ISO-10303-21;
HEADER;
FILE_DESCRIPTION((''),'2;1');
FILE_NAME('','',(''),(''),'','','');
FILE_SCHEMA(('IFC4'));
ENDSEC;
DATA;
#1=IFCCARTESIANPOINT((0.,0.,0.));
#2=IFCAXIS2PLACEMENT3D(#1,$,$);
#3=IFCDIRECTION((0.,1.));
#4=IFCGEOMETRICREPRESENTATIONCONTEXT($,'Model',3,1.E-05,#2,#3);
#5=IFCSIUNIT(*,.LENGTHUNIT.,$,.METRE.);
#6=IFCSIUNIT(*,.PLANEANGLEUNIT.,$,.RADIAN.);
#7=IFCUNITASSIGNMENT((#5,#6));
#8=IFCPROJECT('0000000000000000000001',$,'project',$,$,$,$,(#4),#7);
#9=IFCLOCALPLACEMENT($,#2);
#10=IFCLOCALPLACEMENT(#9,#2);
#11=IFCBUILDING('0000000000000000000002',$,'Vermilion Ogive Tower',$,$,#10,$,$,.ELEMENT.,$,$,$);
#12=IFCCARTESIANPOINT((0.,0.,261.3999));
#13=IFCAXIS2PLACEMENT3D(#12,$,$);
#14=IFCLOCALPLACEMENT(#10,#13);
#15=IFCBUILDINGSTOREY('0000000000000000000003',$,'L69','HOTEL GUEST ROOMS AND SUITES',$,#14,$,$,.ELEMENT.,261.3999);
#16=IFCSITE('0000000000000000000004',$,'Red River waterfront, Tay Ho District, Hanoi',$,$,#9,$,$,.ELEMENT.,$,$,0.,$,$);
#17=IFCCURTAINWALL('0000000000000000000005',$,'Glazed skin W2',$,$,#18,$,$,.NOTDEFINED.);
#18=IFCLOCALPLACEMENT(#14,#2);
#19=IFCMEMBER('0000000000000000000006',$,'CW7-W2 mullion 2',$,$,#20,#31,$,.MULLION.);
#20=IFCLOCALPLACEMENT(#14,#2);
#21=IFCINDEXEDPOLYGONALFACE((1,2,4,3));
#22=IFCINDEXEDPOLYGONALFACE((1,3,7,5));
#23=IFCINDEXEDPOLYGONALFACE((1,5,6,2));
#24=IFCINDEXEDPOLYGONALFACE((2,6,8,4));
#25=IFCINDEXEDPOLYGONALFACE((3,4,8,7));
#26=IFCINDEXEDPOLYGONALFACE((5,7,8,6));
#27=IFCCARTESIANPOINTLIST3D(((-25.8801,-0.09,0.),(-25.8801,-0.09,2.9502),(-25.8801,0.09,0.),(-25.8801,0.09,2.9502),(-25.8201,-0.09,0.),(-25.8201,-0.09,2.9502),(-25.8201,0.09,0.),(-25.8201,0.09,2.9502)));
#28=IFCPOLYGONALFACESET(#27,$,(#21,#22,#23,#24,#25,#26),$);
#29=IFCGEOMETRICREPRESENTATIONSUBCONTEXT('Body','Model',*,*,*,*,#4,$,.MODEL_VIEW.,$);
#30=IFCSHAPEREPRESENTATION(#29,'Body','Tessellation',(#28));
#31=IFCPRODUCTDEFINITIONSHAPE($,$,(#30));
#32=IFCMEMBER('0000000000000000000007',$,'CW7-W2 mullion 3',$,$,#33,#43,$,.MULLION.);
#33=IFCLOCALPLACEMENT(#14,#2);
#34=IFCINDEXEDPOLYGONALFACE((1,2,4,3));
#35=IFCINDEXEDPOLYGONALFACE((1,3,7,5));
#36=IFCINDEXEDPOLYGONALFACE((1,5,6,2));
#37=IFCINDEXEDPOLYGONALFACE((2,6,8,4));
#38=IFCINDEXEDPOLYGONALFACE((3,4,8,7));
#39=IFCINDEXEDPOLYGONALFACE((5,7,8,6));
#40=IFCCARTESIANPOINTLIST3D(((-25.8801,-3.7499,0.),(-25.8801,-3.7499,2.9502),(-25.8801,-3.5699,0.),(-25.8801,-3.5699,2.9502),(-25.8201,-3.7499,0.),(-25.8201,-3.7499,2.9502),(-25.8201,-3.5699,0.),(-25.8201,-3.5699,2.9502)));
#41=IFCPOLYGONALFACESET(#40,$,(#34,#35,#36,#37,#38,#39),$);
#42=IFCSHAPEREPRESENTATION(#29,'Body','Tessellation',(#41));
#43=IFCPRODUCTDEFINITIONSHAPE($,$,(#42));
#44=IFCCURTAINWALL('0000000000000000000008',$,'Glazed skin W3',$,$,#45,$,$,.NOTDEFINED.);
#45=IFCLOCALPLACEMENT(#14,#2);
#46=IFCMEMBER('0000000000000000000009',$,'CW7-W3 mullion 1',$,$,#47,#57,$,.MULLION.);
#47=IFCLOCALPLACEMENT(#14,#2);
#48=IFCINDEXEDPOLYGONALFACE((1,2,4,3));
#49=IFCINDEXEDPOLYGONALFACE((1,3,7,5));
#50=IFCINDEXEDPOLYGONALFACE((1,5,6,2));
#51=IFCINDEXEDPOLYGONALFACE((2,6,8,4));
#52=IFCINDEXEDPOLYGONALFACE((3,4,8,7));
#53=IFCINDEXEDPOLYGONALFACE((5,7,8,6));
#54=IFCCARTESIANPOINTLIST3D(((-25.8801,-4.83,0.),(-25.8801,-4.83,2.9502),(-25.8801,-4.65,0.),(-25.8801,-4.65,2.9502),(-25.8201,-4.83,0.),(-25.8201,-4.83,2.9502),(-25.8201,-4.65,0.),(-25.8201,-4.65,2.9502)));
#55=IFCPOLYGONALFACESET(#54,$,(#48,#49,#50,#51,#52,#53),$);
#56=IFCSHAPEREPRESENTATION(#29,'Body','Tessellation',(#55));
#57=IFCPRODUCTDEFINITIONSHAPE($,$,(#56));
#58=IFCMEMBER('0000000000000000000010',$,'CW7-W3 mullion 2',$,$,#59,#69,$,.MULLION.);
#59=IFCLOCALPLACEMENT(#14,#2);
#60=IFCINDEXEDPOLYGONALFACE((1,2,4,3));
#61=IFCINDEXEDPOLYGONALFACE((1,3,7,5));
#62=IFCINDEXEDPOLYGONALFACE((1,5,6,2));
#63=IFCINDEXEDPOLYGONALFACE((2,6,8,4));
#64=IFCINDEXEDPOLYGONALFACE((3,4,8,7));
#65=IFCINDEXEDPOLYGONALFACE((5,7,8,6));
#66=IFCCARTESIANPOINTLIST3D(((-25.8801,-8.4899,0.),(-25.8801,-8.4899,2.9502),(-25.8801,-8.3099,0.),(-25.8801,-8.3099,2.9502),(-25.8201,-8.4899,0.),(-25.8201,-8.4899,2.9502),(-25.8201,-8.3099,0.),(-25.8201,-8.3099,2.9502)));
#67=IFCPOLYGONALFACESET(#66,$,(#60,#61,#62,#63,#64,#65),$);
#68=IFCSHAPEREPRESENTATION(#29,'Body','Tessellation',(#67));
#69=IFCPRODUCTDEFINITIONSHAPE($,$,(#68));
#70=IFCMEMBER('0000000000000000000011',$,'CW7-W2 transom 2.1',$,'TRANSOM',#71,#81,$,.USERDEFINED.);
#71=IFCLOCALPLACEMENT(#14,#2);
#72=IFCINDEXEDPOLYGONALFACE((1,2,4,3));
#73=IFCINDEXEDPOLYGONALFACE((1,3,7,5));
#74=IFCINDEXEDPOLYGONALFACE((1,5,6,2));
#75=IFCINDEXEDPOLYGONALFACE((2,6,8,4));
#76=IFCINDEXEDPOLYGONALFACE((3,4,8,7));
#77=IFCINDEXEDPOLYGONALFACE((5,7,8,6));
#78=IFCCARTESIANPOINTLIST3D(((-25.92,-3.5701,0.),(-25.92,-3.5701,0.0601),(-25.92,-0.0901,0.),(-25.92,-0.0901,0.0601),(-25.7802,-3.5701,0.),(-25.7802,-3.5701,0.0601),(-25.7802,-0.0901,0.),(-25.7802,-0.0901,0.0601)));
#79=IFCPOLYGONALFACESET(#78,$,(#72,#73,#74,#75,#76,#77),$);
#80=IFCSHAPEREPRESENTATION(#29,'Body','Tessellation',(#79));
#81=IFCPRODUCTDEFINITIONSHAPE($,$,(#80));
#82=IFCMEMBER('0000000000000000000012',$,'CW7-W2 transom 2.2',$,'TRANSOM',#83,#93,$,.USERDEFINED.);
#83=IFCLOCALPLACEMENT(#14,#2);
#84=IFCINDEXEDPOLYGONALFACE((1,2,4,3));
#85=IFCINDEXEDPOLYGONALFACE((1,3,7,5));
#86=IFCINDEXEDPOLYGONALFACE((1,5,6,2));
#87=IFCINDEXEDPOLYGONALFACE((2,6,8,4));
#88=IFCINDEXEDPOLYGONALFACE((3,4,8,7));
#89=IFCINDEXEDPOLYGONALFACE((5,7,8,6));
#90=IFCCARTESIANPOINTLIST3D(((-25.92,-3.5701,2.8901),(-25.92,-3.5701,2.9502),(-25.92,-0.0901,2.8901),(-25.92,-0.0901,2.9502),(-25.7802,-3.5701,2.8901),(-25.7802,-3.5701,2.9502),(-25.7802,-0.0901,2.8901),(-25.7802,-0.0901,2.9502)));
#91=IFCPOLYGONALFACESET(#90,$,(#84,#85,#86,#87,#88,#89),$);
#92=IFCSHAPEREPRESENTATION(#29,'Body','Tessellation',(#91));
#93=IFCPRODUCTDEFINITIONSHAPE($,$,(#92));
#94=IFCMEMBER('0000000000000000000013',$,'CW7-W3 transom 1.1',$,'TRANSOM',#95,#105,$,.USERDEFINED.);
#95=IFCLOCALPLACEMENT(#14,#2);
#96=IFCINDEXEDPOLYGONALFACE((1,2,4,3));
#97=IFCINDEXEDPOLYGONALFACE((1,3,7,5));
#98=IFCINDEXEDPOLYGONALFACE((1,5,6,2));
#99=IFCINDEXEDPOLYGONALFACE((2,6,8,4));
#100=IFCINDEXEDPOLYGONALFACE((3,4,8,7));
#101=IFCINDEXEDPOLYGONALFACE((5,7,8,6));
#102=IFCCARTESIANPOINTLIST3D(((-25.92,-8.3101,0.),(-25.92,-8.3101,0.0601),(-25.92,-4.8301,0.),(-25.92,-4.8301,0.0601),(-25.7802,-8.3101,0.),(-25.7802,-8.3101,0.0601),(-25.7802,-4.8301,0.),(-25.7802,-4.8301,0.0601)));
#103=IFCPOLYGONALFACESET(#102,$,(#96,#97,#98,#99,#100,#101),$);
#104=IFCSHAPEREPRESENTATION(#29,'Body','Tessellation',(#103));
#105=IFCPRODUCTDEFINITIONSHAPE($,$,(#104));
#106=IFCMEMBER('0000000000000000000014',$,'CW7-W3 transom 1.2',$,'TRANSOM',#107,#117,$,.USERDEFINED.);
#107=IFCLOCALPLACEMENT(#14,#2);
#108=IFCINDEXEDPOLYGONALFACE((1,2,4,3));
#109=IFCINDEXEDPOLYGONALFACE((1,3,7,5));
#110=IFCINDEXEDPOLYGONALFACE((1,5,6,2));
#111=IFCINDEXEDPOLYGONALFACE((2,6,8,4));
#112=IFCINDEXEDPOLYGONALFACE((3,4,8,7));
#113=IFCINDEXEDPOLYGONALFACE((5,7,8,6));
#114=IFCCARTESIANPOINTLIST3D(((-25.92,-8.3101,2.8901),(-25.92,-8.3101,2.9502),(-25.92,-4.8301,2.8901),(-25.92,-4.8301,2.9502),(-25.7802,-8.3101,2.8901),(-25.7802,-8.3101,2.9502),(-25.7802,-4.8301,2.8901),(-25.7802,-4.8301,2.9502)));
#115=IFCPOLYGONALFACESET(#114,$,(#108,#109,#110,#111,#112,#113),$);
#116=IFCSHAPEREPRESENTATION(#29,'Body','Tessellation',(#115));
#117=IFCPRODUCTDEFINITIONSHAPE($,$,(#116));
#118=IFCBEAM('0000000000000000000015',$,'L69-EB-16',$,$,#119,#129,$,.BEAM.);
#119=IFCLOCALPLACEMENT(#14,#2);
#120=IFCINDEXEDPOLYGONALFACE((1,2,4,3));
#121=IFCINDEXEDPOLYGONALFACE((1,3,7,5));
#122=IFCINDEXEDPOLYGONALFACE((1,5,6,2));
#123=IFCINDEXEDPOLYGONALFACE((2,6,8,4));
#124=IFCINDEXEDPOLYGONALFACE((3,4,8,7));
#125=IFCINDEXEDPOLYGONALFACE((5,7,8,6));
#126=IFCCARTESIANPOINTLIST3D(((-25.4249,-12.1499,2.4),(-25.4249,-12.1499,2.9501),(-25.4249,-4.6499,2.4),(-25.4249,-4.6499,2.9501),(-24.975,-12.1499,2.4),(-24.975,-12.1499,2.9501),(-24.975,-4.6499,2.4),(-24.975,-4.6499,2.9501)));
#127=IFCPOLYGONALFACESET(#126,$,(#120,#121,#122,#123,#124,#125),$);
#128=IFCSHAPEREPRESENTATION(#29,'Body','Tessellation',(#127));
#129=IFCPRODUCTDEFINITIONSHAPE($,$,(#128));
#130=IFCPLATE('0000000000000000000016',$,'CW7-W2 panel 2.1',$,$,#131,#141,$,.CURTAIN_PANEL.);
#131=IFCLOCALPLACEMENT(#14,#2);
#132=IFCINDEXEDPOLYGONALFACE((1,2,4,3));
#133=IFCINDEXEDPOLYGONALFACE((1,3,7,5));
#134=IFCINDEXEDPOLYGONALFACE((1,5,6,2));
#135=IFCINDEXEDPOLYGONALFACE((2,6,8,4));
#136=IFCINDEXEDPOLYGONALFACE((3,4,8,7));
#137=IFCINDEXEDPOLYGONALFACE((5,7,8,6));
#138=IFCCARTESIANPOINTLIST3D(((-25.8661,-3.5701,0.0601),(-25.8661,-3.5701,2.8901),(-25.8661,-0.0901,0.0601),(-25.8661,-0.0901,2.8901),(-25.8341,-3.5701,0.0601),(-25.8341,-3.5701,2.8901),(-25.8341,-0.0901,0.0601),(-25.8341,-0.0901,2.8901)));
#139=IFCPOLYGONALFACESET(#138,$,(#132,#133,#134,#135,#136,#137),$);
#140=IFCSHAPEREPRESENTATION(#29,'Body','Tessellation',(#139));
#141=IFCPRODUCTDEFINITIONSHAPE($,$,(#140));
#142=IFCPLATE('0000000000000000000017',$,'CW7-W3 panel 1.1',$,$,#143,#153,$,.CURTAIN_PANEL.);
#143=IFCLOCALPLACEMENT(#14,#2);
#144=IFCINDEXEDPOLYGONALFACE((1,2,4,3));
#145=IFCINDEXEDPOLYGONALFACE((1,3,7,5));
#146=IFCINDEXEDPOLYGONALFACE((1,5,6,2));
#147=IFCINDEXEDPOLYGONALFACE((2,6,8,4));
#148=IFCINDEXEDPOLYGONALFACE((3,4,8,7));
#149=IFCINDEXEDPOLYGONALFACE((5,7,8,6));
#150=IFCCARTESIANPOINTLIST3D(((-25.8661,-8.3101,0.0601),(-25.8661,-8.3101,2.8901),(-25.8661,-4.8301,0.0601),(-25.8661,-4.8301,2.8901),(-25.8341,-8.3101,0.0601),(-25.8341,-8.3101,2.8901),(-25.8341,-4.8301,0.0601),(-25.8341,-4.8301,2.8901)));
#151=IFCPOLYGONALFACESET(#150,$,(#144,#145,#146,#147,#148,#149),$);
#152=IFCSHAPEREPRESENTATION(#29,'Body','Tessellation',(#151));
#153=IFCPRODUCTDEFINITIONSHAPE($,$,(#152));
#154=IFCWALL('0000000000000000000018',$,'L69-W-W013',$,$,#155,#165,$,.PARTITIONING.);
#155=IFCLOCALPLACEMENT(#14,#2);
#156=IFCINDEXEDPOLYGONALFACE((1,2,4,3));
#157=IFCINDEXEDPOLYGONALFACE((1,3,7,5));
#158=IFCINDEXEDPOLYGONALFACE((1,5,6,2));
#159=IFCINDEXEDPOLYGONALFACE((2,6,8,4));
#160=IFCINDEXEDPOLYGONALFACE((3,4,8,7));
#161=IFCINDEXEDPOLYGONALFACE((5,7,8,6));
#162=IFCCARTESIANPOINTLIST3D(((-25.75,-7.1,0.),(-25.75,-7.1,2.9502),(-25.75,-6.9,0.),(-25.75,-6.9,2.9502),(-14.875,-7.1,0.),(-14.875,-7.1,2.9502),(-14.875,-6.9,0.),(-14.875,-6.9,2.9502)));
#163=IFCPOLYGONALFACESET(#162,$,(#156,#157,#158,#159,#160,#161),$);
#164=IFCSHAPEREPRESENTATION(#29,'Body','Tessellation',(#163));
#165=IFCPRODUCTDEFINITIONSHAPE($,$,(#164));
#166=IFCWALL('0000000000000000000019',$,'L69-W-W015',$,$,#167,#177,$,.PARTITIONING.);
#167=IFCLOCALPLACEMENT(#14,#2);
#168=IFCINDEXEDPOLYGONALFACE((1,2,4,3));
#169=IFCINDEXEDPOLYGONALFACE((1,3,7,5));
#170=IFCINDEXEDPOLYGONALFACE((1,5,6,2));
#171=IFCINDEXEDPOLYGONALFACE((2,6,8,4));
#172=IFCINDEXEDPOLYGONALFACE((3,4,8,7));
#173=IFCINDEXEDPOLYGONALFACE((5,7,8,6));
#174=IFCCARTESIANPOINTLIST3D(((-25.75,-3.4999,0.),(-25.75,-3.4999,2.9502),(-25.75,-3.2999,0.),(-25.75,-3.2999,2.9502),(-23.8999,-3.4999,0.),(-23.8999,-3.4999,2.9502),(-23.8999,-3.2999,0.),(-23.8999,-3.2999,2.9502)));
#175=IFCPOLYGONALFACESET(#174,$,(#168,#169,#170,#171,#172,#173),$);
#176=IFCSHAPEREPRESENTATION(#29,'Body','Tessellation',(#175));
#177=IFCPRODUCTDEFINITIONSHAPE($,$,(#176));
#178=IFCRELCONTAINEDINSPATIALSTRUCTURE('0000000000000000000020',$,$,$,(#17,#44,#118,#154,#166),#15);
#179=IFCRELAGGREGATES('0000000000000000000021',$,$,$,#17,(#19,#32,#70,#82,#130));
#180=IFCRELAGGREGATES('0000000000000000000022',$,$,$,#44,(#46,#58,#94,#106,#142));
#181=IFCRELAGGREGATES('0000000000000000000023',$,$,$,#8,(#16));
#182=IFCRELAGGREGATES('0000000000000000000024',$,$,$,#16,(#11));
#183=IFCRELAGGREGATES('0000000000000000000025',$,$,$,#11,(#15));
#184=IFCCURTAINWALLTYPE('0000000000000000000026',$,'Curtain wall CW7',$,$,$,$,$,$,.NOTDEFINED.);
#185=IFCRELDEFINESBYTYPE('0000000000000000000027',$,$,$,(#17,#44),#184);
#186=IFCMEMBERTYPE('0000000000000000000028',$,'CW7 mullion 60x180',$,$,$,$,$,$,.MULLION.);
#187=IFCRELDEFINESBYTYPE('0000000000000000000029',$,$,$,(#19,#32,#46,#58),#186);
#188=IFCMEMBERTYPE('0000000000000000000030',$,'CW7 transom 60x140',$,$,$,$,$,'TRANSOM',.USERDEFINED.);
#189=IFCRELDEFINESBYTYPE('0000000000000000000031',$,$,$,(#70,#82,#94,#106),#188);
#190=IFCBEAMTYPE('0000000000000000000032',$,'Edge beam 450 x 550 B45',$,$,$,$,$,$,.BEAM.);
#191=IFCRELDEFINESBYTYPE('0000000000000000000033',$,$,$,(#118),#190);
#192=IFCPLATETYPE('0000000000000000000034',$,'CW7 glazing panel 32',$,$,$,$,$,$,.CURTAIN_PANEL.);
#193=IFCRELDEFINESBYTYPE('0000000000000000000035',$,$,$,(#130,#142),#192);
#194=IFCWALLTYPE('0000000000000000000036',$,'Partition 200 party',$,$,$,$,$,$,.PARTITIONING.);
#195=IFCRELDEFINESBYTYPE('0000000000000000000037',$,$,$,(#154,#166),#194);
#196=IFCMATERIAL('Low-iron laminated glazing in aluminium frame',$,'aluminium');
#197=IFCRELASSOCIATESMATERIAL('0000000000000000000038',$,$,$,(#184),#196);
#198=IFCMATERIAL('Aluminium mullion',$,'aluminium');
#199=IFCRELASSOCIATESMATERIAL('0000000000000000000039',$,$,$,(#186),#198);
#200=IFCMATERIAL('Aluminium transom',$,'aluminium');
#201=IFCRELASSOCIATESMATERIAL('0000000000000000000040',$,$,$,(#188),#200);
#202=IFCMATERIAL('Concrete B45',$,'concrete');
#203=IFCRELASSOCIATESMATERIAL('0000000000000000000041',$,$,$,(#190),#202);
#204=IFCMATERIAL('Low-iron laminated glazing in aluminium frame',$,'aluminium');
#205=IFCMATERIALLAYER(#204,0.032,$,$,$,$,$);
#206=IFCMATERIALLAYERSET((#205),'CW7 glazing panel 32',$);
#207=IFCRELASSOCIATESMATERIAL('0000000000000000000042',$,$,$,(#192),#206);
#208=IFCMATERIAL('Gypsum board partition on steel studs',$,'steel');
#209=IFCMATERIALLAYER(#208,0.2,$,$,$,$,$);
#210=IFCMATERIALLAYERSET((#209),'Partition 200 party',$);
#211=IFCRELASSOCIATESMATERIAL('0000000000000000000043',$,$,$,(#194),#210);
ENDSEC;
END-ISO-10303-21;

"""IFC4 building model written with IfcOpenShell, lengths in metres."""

from ifc_helpers import new_model, si_unit, direction, frame, frame_2d, origin, origin_2d, place, context, subcontext, project, spatial, rectangle, extrude, material, layer, layer_set, material_profile, profile_set, type_object, element, aggregate, save


model = new_model("IFC4")

# Units and contexts
model_context = context("Model", 3, precision=1e-05, world=origin(), true_north=direction((0.0, 1.0)))
body_context = subcontext(model_context, "Body", "Model", "MODEL_VIEW")
ifc_project = project(units=[si_unit("LENGTHUNIT", "METRE"), si_unit("PLANEANGLEUNIT", "RADIAN")], contexts=[model_context])

# Site, building, storey
site_placement = place(None, origin())
site = spatial("IfcSite", under=ifc_project, at=site_placement, Name="Red River waterfront, Tay Ho District, Hanoi", CompositionType="ELEMENT", RefElevation=0.0)
building_placement = place(site_placement, origin())
building = spatial("IfcBuilding", under=site, at=building_placement, Name="Vermilion Ogive Tower", CompositionType="ELEMENT")
storey_placement = place(building_placement, frame((0.0, 0.0, 261.3999)))
storey = spatial("IfcBuildingStorey", under=building, at=storey_placement, Name="L69", Description="HOTEL GUEST ROOMS AND SUITES", CompositionType="ELEMENT", Elevation=261.3999)

# Curtain walls, members
ifc_material_1 = material(Name="Low-iron laminated glazing in aluminium frame", Category="aluminium")
curtain_wall_type = type_object("IfcCurtainWallType", Name="Curtain wall CW7", PredefinedType="NOTDEFINED", material=ifc_material_1)
curtain_wall_1_placement = place(storey_placement, origin())
curtain_wall_1 = element("IfcCurtainWall", 1, at=curtain_wall_1_placement, inside=storey, type_object=curtain_wall_type, Name="Glazed skin W2", PredefinedType="NOTDEFINED")
ifc_material_2 = material(Name="Aluminium mullion", Category="aluminium")
ifc_material_profile_1 = material_profile(ifc_material_2, rectangle(XDim=0.0601, YDim=0.1799, at=origin_2d()), Name="AL 60x180")
ifc_profile_set_1 = profile_set([ifc_material_profile_1], Name="Aluminium mullion")
member_type_1 = type_object("IfcMemberType", Name="CW7 mullion 60x180", PredefinedType="MULLION", material=ifc_profile_set_1)
member_1_placement = place(storey_placement, frame((-25.8501, 0.0, 0.0), z_axis=(0.0, 0.0, 1.0), x_axis=(1.0, 0.0, 0.0)))
member_1 = element("IfcMember", 2, at=member_1_placement, type_object=member_type_1, Name="CW7-W2 mullion 2", PredefinedType="MULLION", context=body_context, shape_type="SweptSolid", body=[
    extrude(rectangle(XDim=0.0601, YDim=0.1799, at=origin_2d()), origin(), (0.0, 0.0, 1.0), 2.9502),
])
member_2_placement = place(storey_placement, frame((-25.8501, -3.6599, 0.0), z_axis=(0.0, 0.0, 1.0), x_axis=(1.0, 0.0, 0.0)))
member_2 = element("IfcMember", 3, at=member_2_placement, type_object=member_type_1, Name="CW7-W2 mullion 3", PredefinedType="MULLION", context=body_context, shape_type="SweptSolid", body=[
    extrude(rectangle(XDim=0.0601, YDim=0.1799, at=origin_2d()), origin(), (0.0, 0.0, 1.0), 2.9502),
])
curtain_wall_2_placement = place(storey_placement, origin())
curtain_wall_2 = element("IfcCurtainWall", 4, at=curtain_wall_2_placement, inside=storey, type_object=curtain_wall_type, Name="Glazed skin W3", PredefinedType="NOTDEFINED")
member_3_placement = place(storey_placement, frame((-25.8501, -4.74, 0.0), z_axis=(0.0, 0.0, 1.0), x_axis=(1.0, 0.0, 0.0)))
member_3 = element("IfcMember", 5, at=member_3_placement, type_object=member_type_1, Name="CW7-W3 mullion 1", PredefinedType="MULLION", context=body_context, shape_type="SweptSolid", body=[
    extrude(rectangle(XDim=0.0601, YDim=0.1799, at=origin_2d()), origin(), (0.0, 0.0, 1.0), 2.9502),
])
member_4_placement = place(storey_placement, frame((-25.8501, -8.3999, 0.0), z_axis=(0.0, 0.0, 1.0), x_axis=(1.0, 0.0, 0.0)))
member_4 = element("IfcMember", 6, at=member_4_placement, type_object=member_type_1, Name="CW7-W3 mullion 2", PredefinedType="MULLION", context=body_context, shape_type="SweptSolid", body=[
    extrude(rectangle(XDim=0.0601, YDim=0.1799, at=origin_2d()), origin(), (0.0, 0.0, 1.0), 2.9502),
])

# Members
ifc_material_3 = material(Name="Aluminium transom", Category="aluminium")
ifc_material_profile_2 = material_profile(ifc_material_3, rectangle(XDim=0.1399, YDim=0.0601, at=origin_2d()), Name="AL 60x140")
ifc_profile_set_2 = profile_set([ifc_material_profile_2], Name="Aluminium transom")
member_type_2 = type_object("IfcMemberType", Name="CW7 transom 60x140", ElementType="TRANSOM", PredefinedType="USERDEFINED", material=ifc_profile_set_2)
member_5_placement = place(storey_placement, frame((-25.8501, -0.0901, 0.03), z_axis=(0.0, -1.0, 0.0), x_axis=(1.0, 0.0, 0.0)))
member_5 = element("IfcMember", 7, at=member_5_placement, type_object=member_type_2, Name="CW7-W2 transom 2.1", ObjectType="TRANSOM", PredefinedType="USERDEFINED", context=body_context, shape_type="SweptSolid", body=[
    extrude(rectangle(XDim=0.1399, YDim=0.0601, at=origin_2d()), origin(), (0.0, 0.0, 1.0), 3.48),
])
member_6_placement = place(storey_placement, frame((-25.8501, -0.0901, 2.9202), z_axis=(0.0, -1.0, 0.0), x_axis=(1.0, 0.0, 0.0)))
member_6 = element("IfcMember", 8, at=member_6_placement, type_object=member_type_2, Name="CW7-W2 transom 2.2", ObjectType="TRANSOM", PredefinedType="USERDEFINED", context=body_context, shape_type="SweptSolid", body=[
    extrude(rectangle(XDim=0.1399, YDim=0.0601, at=origin_2d()), origin(), (0.0, 0.0, 1.0), 3.48),
])
member_7_placement = place(storey_placement, frame((-25.8501, -4.8301, 0.03), z_axis=(0.0, -1.0, 0.0), x_axis=(1.0, 0.0, 0.0)))
member_7 = element("IfcMember", 9, at=member_7_placement, type_object=member_type_2, Name="CW7-W3 transom 1.1", ObjectType="TRANSOM", PredefinedType="USERDEFINED", context=body_context, shape_type="SweptSolid", body=[
    extrude(rectangle(XDim=0.1399, YDim=0.0601, at=origin_2d()), origin(), (0.0, 0.0, 1.0), 3.48),
])
member_8_placement = place(storey_placement, frame((-25.8501, -4.8301, 2.9202), z_axis=(0.0, -1.0, 0.0), x_axis=(1.0, 0.0, 0.0)))
member_8 = element("IfcMember", 10, at=member_8_placement, type_object=member_type_2, Name="CW7-W3 transom 1.2", ObjectType="TRANSOM", PredefinedType="USERDEFINED", context=body_context, shape_type="SweptSolid", body=[
    extrude(rectangle(XDim=0.1399, YDim=0.0601, at=origin_2d()), origin(), (0.0, 0.0, 1.0), 3.48),
])

# Beam
ifc_material_4 = material(Name="Concrete B45", Category="concrete")
ifc_material_profile_3 = material_profile(ifc_material_4, rectangle(XDim=0.45, YDim=0.55, at=origin_2d()), Name="450 x 550")
ifc_profile_set_3 = profile_set([ifc_material_profile_3], Name="Concrete B45")
beam_type = type_object("IfcBeamType", Name="Edge beam 450 x 550 B45", PredefinedType="BEAM", material=ifc_profile_set_3)
beam_placement = place(storey_placement, frame((-25.2, -4.6499, 2.675), z_axis=(0.0, -1.0, 0.0), x_axis=(1.0, 0.0, 0.0)))
element("IfcBeam", 11, at=beam_placement, inside=storey, type_object=beam_type, Name="L69-EB-16", PredefinedType="BEAM", context=body_context, shape_type="SweptSolid", body=[
    extrude(rectangle(XDim=0.45, YDim=0.55, at=origin_2d()), origin(), (0.0, 0.0, 1.0), 7.5),
])

# Plates
ifc_material_5 = material(Name="Low-iron laminated glazing in aluminium frame", Category="aluminium")
ifc_layer_1 = layer(ifc_material_5, 0.032)
ifc_layer_set_1 = layer_set([ifc_layer_1], Name="CW7 glazing panel 32")
plate_type = type_object("IfcPlateType", Name="CW7 glazing panel 32", PredefinedType="CURTAIN_PANEL", material=ifc_layer_set_1)
plate_1_placement = place(storey_placement, frame((-25.8501, -1.8301, 0.0601), z_axis=(0.0, 0.0, 1.0), x_axis=(0.0, -1.0, 0.0)))
plate_1 = element("IfcPlate", 12, at=plate_1_placement, type_object=plate_type, Name="CW7-W2 panel 2.1", PredefinedType="CURTAIN_PANEL", context=body_context, shape_type="SweptSolid", body=[
    extrude(rectangle(XDim=3.48, YDim=0.032, at=origin_2d()), origin(), (0.0, 0.0, 1.0), 2.8301),
])
aggregate(curtain_wall_1, [member_1, member_2, member_5, member_6, plate_1])
plate_2_placement = place(storey_placement, frame((-25.8501, -6.5701, 0.0601), z_axis=(0.0, 0.0, 1.0), x_axis=(0.0, -1.0, 0.0)))
plate_2 = element("IfcPlate", 13, at=plate_2_placement, type_object=plate_type, Name="CW7-W3 panel 1.1", PredefinedType="CURTAIN_PANEL", context=body_context, shape_type="SweptSolid", body=[
    extrude(rectangle(XDim=3.48, YDim=0.032, at=origin_2d()), origin(), (0.0, 0.0, 1.0), 2.8301),
])
aggregate(curtain_wall_2, [member_3, member_4, member_7, member_8, plate_2])

# Walls
ifc_material_6 = material(Name="Gypsum board partition on steel studs", Category="steel")
ifc_layer_2 = layer(ifc_material_6, 0.2)
ifc_layer_set_2 = layer_set([ifc_layer_2], Name="Partition 200 party")
wall_type = type_object("IfcWallType", Name="Partition 200 party", PredefinedType="PARTITIONING", material=ifc_layer_set_2)
wall_1_placement = place(storey_placement, frame((-25.75, -7.0, 0.0), z_axis=(0.0, 0.0, 1.0), x_axis=(1.0, 0.0, 0.0)))
element("IfcWall", 14, at=wall_1_placement, inside=storey, type_object=wall_type, Name="L69-W-W013", PredefinedType="PARTITIONING", context=body_context, shape_type="SweptSolid", body=[
    extrude(rectangle(XDim=10.875, YDim=0.2, at=frame_2d((5.4375, 0.0))), origin(), (0.0, 0.0, 1.0), 2.9502),
])
wall_2_placement = place(storey_placement, frame((-25.75, -3.3999, 0.0), z_axis=(0.0, 0.0, 1.0), x_axis=(1.0, 0.0, 0.0)))
element("IfcWall", 15, at=wall_2_placement, inside=storey, type_object=wall_type, Name="L69-W-W015", PredefinedType="PARTITIONING", context=body_context, shape_type="SweptSolid", body=[
    extrude(rectangle(XDim=1.8501, YDim=0.2, at=frame_2d((0.925, 0.0))), origin(), (0.0, 0.0, 1.0), 2.9502),
])

save(model, "model.ifc")
